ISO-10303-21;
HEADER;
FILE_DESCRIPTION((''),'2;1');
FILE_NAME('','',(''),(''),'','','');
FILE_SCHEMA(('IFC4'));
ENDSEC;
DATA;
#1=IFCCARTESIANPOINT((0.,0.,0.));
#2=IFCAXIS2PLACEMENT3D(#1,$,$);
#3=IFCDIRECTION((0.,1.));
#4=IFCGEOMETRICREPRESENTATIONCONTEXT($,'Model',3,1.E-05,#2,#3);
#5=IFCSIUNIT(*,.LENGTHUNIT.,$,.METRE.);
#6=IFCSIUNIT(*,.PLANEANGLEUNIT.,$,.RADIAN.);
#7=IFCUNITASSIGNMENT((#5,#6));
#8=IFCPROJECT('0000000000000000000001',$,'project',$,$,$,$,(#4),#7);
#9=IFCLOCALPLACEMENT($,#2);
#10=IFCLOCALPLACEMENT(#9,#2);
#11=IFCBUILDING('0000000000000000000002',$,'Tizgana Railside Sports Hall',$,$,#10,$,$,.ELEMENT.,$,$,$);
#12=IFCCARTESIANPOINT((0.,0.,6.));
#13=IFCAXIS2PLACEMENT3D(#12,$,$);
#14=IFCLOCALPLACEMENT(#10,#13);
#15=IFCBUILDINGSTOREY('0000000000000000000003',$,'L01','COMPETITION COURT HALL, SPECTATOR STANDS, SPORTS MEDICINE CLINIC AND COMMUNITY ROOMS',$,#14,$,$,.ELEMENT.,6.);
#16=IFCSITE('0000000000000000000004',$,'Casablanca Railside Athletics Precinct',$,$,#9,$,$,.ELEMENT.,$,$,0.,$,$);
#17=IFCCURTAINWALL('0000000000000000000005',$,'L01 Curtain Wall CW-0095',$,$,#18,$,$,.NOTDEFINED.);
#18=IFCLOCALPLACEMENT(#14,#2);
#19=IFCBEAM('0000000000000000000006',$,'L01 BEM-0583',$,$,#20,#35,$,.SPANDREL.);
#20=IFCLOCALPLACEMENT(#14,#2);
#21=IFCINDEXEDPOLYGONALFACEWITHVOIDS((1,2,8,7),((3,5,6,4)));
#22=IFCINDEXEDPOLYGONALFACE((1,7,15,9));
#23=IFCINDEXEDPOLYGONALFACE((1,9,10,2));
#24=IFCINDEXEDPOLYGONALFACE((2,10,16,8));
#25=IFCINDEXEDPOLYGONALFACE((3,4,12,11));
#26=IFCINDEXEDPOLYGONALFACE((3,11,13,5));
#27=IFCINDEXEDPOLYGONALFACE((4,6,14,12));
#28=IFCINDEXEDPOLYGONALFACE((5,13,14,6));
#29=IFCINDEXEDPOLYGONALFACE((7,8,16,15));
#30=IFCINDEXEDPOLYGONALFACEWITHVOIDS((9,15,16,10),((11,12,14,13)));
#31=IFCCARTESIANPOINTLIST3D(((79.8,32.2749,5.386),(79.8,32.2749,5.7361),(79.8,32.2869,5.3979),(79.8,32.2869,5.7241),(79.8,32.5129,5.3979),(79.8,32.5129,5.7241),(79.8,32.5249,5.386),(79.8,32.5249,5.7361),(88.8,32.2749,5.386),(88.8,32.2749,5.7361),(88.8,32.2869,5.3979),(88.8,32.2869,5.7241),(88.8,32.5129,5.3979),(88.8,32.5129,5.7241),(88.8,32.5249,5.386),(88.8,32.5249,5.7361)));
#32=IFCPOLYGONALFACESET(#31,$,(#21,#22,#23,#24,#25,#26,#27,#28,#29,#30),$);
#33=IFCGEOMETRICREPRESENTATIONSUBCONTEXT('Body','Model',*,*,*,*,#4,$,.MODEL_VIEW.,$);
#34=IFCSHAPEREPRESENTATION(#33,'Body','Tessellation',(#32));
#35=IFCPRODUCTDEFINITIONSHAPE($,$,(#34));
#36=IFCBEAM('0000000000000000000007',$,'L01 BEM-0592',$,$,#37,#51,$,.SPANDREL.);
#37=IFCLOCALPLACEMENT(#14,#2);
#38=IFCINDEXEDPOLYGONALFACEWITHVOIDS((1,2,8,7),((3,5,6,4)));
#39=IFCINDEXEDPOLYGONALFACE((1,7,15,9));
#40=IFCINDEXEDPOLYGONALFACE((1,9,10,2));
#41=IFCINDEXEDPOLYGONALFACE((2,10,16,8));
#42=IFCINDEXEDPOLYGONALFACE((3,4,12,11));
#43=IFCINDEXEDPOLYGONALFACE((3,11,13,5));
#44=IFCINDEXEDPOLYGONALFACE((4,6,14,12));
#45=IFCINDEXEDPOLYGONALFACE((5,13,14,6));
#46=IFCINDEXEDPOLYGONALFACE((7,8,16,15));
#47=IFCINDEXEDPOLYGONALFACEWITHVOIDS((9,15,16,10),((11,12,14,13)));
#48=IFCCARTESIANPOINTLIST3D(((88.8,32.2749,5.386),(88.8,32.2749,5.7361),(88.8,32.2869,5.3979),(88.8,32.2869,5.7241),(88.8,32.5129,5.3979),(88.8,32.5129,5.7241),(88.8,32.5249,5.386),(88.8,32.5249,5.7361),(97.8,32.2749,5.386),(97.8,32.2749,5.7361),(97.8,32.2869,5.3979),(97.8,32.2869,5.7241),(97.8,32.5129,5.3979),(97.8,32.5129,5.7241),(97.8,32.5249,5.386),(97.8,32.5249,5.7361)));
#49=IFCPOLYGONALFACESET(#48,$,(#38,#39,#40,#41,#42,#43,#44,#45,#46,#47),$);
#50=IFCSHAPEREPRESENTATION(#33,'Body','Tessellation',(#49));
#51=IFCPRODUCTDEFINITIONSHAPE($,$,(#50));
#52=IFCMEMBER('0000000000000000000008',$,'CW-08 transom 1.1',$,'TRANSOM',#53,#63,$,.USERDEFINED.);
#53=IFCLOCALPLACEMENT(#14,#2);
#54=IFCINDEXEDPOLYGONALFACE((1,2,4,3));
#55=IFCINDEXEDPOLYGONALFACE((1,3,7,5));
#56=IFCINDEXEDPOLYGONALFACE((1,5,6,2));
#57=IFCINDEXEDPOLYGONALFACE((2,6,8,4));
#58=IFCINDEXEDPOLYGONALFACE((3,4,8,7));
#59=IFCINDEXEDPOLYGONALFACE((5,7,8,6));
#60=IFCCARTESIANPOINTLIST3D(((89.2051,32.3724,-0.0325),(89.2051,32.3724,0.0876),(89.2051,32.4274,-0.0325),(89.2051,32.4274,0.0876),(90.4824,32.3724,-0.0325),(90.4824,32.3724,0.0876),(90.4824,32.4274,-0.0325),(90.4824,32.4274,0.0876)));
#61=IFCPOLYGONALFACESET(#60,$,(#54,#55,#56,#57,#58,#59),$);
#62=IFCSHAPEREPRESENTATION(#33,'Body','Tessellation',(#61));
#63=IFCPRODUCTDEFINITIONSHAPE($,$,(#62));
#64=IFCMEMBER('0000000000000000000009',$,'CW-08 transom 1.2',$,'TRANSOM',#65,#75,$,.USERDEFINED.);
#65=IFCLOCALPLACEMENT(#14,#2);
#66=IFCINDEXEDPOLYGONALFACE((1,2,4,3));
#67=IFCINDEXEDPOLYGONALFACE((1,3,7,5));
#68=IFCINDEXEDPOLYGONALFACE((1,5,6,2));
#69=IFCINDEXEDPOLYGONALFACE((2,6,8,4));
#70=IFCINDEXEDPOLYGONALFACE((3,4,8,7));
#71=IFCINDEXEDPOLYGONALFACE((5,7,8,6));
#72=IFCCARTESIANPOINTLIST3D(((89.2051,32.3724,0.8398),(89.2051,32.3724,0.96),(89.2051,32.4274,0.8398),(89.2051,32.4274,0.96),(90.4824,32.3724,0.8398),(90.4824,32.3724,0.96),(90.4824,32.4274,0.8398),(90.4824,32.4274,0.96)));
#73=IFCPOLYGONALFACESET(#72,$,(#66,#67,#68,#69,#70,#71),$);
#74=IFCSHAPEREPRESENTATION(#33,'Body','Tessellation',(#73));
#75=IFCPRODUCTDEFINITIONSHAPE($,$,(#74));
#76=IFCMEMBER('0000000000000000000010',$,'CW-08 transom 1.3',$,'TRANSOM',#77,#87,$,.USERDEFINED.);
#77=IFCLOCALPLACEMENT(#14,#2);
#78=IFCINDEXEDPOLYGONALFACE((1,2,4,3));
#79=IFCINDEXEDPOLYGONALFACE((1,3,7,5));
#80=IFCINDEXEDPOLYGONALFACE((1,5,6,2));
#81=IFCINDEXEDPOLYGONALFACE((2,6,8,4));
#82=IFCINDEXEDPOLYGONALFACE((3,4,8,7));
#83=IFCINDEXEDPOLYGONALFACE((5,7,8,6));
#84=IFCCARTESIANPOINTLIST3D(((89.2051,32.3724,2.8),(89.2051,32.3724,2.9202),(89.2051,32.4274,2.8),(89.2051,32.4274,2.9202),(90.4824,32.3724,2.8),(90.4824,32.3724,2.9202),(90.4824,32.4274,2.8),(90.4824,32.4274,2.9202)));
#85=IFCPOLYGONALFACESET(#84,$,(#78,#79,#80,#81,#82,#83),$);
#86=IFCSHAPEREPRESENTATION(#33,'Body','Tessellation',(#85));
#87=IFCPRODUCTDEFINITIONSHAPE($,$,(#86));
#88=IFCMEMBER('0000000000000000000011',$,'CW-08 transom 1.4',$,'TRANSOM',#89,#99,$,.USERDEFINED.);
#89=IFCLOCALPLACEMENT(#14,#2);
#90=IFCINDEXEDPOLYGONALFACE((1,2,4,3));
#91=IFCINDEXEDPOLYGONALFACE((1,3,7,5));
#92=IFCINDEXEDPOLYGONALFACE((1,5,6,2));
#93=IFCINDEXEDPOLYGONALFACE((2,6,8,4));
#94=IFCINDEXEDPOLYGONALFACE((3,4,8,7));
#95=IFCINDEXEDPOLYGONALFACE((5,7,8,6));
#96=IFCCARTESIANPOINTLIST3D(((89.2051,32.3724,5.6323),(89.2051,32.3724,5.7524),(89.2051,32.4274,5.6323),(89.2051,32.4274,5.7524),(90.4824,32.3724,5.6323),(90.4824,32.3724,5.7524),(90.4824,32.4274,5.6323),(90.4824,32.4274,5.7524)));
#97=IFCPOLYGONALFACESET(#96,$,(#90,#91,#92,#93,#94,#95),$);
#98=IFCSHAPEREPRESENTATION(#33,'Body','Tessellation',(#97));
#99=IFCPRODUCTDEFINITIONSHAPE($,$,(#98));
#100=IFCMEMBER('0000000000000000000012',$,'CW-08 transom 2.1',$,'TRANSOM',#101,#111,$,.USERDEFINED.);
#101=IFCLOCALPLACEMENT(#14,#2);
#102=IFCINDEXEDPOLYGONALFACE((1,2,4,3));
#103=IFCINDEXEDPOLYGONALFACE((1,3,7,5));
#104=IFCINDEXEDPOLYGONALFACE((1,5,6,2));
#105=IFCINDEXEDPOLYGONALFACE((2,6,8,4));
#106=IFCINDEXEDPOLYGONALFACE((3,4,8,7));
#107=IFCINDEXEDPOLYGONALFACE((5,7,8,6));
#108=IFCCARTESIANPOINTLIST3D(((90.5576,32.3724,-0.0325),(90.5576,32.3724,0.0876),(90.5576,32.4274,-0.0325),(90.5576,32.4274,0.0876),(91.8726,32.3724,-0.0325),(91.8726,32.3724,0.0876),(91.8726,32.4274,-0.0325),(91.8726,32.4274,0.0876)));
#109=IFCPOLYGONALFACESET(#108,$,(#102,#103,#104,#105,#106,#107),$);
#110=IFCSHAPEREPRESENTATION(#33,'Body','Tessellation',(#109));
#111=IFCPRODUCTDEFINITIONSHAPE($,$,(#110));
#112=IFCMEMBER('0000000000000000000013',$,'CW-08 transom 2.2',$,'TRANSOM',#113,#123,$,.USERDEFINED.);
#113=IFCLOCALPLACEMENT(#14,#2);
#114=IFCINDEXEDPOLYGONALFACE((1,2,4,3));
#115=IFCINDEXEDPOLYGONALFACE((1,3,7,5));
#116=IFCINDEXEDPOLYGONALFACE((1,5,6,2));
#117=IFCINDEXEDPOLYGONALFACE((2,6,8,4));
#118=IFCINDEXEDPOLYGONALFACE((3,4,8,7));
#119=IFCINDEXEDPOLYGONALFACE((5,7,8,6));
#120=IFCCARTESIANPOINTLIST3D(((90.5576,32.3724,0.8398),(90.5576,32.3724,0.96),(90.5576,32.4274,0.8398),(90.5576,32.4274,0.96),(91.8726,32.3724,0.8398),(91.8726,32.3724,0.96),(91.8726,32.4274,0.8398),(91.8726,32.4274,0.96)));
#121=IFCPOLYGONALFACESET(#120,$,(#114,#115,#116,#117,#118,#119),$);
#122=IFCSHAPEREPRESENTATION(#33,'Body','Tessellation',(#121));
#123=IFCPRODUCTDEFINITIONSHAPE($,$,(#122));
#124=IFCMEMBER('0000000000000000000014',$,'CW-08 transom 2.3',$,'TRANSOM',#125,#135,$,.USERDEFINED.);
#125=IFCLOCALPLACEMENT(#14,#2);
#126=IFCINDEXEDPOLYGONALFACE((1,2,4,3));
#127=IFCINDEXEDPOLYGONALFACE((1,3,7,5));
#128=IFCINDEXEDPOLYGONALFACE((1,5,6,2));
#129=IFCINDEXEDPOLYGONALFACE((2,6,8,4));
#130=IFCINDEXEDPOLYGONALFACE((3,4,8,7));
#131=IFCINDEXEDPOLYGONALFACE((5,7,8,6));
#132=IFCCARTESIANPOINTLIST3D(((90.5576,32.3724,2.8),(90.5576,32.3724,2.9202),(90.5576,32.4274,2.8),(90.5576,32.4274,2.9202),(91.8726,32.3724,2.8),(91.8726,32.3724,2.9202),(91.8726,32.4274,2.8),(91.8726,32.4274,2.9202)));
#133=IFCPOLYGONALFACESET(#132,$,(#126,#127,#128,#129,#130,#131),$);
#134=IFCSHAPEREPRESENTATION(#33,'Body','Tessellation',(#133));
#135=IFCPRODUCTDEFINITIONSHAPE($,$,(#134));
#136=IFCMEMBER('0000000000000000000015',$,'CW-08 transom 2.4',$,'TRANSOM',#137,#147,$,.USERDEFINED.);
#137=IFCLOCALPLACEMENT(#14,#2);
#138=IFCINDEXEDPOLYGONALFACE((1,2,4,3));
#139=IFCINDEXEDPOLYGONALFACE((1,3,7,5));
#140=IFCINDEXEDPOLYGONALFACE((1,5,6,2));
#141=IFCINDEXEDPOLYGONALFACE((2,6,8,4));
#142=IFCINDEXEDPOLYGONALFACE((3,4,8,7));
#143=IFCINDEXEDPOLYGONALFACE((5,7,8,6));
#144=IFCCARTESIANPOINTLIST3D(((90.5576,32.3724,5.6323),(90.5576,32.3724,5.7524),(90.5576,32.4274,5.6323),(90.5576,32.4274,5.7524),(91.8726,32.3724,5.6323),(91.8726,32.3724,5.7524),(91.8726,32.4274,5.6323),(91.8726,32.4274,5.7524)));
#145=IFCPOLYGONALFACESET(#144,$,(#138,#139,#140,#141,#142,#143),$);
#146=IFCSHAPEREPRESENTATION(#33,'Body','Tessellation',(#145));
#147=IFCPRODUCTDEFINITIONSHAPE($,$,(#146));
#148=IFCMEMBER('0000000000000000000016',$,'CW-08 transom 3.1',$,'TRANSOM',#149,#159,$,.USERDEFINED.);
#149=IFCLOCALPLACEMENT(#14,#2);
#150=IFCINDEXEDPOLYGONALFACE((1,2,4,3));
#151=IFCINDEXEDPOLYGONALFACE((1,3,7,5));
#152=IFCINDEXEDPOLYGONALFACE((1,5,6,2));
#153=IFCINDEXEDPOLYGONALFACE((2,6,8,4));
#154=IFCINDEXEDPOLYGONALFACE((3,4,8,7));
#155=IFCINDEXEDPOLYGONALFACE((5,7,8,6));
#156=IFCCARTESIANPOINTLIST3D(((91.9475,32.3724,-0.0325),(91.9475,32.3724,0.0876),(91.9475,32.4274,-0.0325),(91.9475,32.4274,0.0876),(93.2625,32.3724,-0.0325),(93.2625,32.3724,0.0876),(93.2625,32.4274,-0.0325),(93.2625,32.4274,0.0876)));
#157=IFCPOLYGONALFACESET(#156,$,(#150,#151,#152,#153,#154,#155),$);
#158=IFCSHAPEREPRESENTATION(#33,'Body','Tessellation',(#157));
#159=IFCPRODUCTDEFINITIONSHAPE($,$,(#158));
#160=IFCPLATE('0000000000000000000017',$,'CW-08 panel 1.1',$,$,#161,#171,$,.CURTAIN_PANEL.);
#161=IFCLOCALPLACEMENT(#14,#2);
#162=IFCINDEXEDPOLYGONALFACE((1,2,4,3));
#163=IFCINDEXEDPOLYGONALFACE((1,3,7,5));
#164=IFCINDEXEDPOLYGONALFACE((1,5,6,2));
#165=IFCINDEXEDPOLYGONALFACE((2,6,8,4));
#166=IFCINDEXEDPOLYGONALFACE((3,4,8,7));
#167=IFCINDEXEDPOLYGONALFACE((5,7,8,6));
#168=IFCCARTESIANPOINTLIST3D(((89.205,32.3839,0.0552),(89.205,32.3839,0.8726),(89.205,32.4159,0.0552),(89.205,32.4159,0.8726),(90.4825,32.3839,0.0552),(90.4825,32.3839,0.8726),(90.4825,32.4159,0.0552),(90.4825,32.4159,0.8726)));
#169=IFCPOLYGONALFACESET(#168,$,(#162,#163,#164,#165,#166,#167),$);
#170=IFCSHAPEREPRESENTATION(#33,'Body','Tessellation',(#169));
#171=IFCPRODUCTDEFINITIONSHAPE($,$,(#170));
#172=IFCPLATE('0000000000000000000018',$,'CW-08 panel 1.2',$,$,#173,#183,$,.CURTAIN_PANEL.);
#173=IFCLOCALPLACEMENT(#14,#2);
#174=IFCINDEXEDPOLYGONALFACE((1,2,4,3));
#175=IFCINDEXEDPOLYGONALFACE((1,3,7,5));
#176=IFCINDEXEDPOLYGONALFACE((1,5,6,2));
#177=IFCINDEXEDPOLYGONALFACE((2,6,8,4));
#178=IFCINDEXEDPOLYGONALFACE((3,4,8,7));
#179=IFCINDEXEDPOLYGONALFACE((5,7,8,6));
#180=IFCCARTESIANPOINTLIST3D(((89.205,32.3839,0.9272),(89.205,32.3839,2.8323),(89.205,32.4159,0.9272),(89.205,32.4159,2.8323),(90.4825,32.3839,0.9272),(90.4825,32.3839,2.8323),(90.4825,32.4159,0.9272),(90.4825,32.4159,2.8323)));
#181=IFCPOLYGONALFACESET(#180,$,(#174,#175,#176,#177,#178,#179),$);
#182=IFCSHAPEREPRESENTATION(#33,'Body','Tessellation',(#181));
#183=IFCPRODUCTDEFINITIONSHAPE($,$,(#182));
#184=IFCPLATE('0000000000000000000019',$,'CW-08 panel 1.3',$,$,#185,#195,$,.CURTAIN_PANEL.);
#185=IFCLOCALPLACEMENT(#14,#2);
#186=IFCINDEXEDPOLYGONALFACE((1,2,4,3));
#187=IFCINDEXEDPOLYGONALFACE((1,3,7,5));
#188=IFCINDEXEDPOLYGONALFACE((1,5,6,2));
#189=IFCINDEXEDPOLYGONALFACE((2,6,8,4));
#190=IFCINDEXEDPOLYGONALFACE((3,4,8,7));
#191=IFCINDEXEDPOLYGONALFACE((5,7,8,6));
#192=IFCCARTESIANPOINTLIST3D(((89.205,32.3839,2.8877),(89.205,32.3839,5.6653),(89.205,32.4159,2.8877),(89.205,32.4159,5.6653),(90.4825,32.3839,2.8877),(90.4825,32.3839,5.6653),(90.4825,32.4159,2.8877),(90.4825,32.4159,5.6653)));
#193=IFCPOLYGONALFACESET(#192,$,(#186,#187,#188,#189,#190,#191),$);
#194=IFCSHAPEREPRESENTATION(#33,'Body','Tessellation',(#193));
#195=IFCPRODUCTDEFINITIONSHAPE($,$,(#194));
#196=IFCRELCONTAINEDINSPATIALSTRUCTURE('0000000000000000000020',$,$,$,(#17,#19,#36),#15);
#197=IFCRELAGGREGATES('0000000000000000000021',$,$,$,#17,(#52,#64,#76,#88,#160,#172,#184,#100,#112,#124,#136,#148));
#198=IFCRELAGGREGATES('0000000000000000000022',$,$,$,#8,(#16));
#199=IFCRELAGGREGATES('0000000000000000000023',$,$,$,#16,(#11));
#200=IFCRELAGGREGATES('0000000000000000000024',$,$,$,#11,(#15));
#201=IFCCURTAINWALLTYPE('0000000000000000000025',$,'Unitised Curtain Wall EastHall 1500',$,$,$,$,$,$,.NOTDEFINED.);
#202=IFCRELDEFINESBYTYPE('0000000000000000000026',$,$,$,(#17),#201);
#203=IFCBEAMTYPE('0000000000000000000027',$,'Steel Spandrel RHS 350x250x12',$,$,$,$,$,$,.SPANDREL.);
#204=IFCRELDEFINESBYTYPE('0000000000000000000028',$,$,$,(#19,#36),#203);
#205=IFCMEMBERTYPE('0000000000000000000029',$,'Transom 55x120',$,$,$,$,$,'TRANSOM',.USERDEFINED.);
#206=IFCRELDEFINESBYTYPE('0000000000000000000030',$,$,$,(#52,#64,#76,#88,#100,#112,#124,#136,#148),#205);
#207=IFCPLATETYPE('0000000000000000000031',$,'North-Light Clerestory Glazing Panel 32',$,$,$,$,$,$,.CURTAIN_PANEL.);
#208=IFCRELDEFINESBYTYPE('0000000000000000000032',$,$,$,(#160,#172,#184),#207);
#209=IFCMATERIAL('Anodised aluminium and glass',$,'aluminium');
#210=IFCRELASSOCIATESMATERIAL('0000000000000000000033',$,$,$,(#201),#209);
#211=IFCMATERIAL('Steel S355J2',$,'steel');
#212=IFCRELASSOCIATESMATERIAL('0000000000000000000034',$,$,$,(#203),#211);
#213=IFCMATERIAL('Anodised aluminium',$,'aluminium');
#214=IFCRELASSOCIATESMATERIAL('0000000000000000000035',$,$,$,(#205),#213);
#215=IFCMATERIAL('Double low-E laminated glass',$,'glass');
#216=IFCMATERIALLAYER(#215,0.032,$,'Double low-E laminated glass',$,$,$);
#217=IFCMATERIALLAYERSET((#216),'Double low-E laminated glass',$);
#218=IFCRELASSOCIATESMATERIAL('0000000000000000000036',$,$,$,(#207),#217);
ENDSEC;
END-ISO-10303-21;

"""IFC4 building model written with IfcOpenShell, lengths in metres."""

from ifc_helpers import new_model, si_unit, direction, frame, origin, origin_2d, place, context, subcontext, project, spatial, rectangle, hollow_rectangle, extrude, material, layer, layer_set, material_profile, profile_set, type_object, element, aggregate, save


model = new_model("IFC4")

# Units and contexts
model_context = context("Model", 3, precision=1e-05, world=origin(), true_north=direction((0.0, 1.0)))
body_context = subcontext(model_context, "Body", "Model", "MODEL_VIEW")
ifc_project = project(units=[si_unit("LENGTHUNIT", "METRE"), si_unit("PLANEANGLEUNIT", "RADIAN")], contexts=[model_context])

# Site, building, storey
site_placement = place(None, origin())
site = spatial("IfcSite", under=ifc_project, at=site_placement, Name="Casablanca Railside Athletics Precinct", CompositionType="ELEMENT", RefElevation=0.0)
building_placement = place(site_placement, origin())
building = spatial("IfcBuilding", under=site, at=building_placement, Name="Tizgana Railside Sports Hall", CompositionType="ELEMENT")
storey_placement = place(building_placement, frame((0.0, 0.0, 6.0)))
storey = spatial("IfcBuildingStorey", under=building, at=storey_placement, Name="L01", Description="COMPETITION COURT HALL, SPECTATOR STANDS, SPORTS MEDICINE CLINIC AND COMMUNITY ROOMS", CompositionType="ELEMENT", Elevation=6.0)

# Curtain wall
ifc_material_1 = material(Name="Anodised aluminium and glass", Category="aluminium")
curtain_wall_type = type_object("IfcCurtainWallType", Name="Unitised Curtain Wall EastHall 1500", PredefinedType="NOTDEFINED", material=ifc_material_1)
curtain_wall_placement = place(storey_placement, origin())
curtain_wall = element("IfcCurtainWall", 1, at=curtain_wall_placement, inside=storey, type_object=curtain_wall_type, Name="L01 Curtain Wall CW-0095", PredefinedType="NOTDEFINED")
ifc_material_2 = material(Name="Anodised aluminium", Category="aluminium")

# Beams
ifc_material_3 = material(Name="Steel S355J2", Category="steel")
ifc_material_profile_1 = material_profile(ifc_material_3, hollow_rectangle(XDim=0.25, YDim=0.3501, WallThickness=0.012, at=origin_2d()), Name="RHS 350x250x12")
ifc_profile_set_1 = profile_set([ifc_material_profile_1], Name="Steel S355J2")
beam_type_1 = type_object("IfcBeamType", Name="Steel Spandrel RHS 350x250x12", PredefinedType="SPANDREL", material=ifc_profile_set_1)
for number, where, z_axis, x_axis, name in (
    (2, (79.8, 32.3999, 5.561), (1.0, 0.0, 0.0), (0.0, 1.0, 0.0), "L01 BEM-0583"),
    (3, (88.8, 32.3999, 5.561), (1.0, 0.0, 0.0), (0.0, 1.0, 0.0), "L01 BEM-0592"),
):
    element("IfcBeam", number, at=place(storey_placement, frame(where, z_axis=z_axis, x_axis=x_axis)), inside=storey, type_object=beam_type_1, Name=name, PredefinedType="SPANDREL", context=body_context, shape_type="SweptSolid", body=[
        extrude(hollow_rectangle(XDim=0.25, YDim=0.3501, WallThickness=0.012, at=origin_2d()), origin(), (0.0, 0.0, 1.0), 9.0),
    ])

# Members
ifc_material_profile_2 = material_profile(ifc_material_2, rectangle(XDim=0.0549, YDim=0.1201, at=origin_2d()), Name="Transom 55x120")
ifc_profile_set_2 = profile_set([ifc_material_profile_2], Name="Anodised aluminium")
member_type_1 = type_object("IfcMemberType", Name="Transom 55x120", ElementType="TRANSOM", PredefinedType="USERDEFINED", material=ifc_profile_set_2)
member_1_placement = place(storey_placement, frame((89.2051, 32.3999, 0.0276), z_axis=(1.0, 0.0, 0.0), x_axis=(0.0, 1.0, 0.0)))
member_1 = element("IfcMember", 4, at=member_1_placement, type_object=member_type_1, Name="CW-08 transom 1.1", ObjectType="TRANSOM", PredefinedType="USERDEFINED", context=body_context, shape_type="SweptSolid", body=[
    extrude(rectangle(XDim=0.0549, YDim=0.1201, at=origin_2d()), origin(), (0.0, 0.0, 1.0), 1.2773),
])
member_2_placement = place(storey_placement, frame((89.2051, 32.3999, 0.8999), z_axis=(1.0, 0.0, 0.0), x_axis=(0.0, 1.0, 0.0)))
member_2 = element("IfcMember", 5, at=member_2_placement, type_object=member_type_1, Name="CW-08 transom 1.2", ObjectType="TRANSOM", PredefinedType="USERDEFINED", context=body_context, shape_type="SweptSolid", body=[
    extrude(rectangle(XDim=0.0549, YDim=0.1201, at=origin_2d()), origin(), (0.0, 0.0, 1.0), 1.2773),
])
member_3_placement = place(storey_placement, frame((89.2051, 32.3999, 2.8601), z_axis=(1.0, 0.0, 0.0), x_axis=(0.0, 1.0, 0.0)))
member_3 = element("IfcMember", 6, at=member_3_placement, type_object=member_type_1, Name="CW-08 transom 1.3", ObjectType="TRANSOM", PredefinedType="USERDEFINED", context=body_context, shape_type="SweptSolid", body=[
    extrude(rectangle(XDim=0.0549, YDim=0.1201, at=origin_2d()), origin(), (0.0, 0.0, 1.0), 1.2773),
])
member_4_placement = place(storey_placement, frame((89.2051, 32.3999, 5.6924), z_axis=(1.0, 0.0, 0.0), x_axis=(0.0, 1.0, 0.0)))
member_4 = element("IfcMember", 7, at=member_4_placement, type_object=member_type_1, Name="CW-08 transom 1.4", ObjectType="TRANSOM", PredefinedType="USERDEFINED", context=body_context, shape_type="SweptSolid", body=[
    extrude(rectangle(XDim=0.0549, YDim=0.1201, at=origin_2d()), origin(), (0.0, 0.0, 1.0), 1.2773),
])
member_5_placement = place(storey_placement, frame((90.5576, 32.3999, 0.0276), z_axis=(1.0, 0.0, 0.0), x_axis=(0.0, 1.0, 0.0)))
member_5 = element("IfcMember", 8, at=member_5_placement, type_object=member_type_1, Name="CW-08 transom 2.1", ObjectType="TRANSOM", PredefinedType="USERDEFINED", context=body_context, shape_type="SweptSolid", body=[
    extrude(rectangle(XDim=0.0549, YDim=0.1201, at=origin_2d()), origin(), (0.0, 0.0, 1.0), 1.3149),
])
member_6_placement = place(storey_placement, frame((90.5576, 32.3999, 0.8999), z_axis=(1.0, 0.0, 0.0), x_axis=(0.0, 1.0, 0.0)))
member_6 = element("IfcMember", 9, at=member_6_placement, type_object=member_type_1, Name="CW-08 transom 2.2", ObjectType="TRANSOM", PredefinedType="USERDEFINED", context=body_context, shape_type="SweptSolid", body=[
    extrude(rectangle(XDim=0.0549, YDim=0.1201, at=origin_2d()), origin(), (0.0, 0.0, 1.0), 1.3149),
])
member_7_placement = place(storey_placement, frame((90.5576, 32.3999, 2.8601), z_axis=(1.0, 0.0, 0.0), x_axis=(0.0, 1.0, 0.0)))
member_7 = element("IfcMember", 10, at=member_7_placement, type_object=member_type_1, Name="CW-08 transom 2.3", ObjectType="TRANSOM", PredefinedType="USERDEFINED", context=body_context, shape_type="SweptSolid", body=[
    extrude(rectangle(XDim=0.0549, YDim=0.1201, at=origin_2d()), origin(), (0.0, 0.0, 1.0), 1.3149),
])
member_8_placement = place(storey_placement, frame((90.5576, 32.3999, 5.6924), z_axis=(1.0, 0.0, 0.0), x_axis=(0.0, 1.0, 0.0)))
member_8 = element("IfcMember", 11, at=member_8_placement, type_object=member_type_1, Name="CW-08 transom 2.4", ObjectType="TRANSOM", PredefinedType="USERDEFINED", context=body_context, shape_type="SweptSolid", body=[
    extrude(rectangle(XDim=0.0549, YDim=0.1201, at=origin_2d()), origin(), (0.0, 0.0, 1.0), 1.3149),
])
member_9_placement = place(storey_placement, frame((91.9475, 32.3999, 0.0276), z_axis=(1.0, 0.0, 0.0), x_axis=(0.0, 1.0, 0.0)))
member_9 = element("IfcMember", 12, at=member_9_placement, type_object=member_type_1, Name="CW-08 transom 3.1", ObjectType="TRANSOM", PredefinedType="USERDEFINED", context=body_context, shape_type="SweptSolid", body=[
    extrude(rectangle(XDim=0.0549, YDim=0.1201, at=origin_2d()), origin(), (0.0, 0.0, 1.0), 1.3149),
])

# Plates
ifc_material_4 = material(Name="Double low-E laminated glass", Category="glass")
ifc_layer_1 = layer(ifc_material_4, 0.032, Name="Double low-E laminated glass")
ifc_layer_set_1 = layer_set([ifc_layer_1], Name="Double low-E laminated glass")
plate_type = type_object("IfcPlateType", Name="North-Light Clerestory Glazing Panel 32", PredefinedType="CURTAIN_PANEL", material=ifc_layer_set_1)
plate_1_placement = place(storey_placement, frame((89.8438, 32.3999, 0.0552), z_axis=(0.0, 0.0, 1.0), x_axis=(1.0, 0.0, 0.0)))
plate_1 = element("IfcPlate", 13, at=plate_1_placement, type_object=plate_type, Name="CW-08 panel 1.1", PredefinedType="CURTAIN_PANEL", context=body_context, shape_type="SweptSolid", body=[
    extrude(rectangle(XDim=1.2776, YDim=0.032, at=origin_2d()), origin(), (0.0, 0.0, 1.0), 0.8174),
])
plate_2_placement = place(storey_placement, frame((89.8438, 32.3999, 0.9272), z_axis=(0.0, 0.0, 1.0), x_axis=(1.0, 0.0, 0.0)))
plate_2 = element("IfcPlate", 14, at=plate_2_placement, type_object=plate_type, Name="CW-08 panel 1.2", PredefinedType="CURTAIN_PANEL", context=body_context, shape_type="SweptSolid", body=[
    extrude(rectangle(XDim=1.2776, YDim=0.032, at=origin_2d()), origin(), (0.0, 0.0, 1.0), 1.905),
])
plate_3_placement = place(storey_placement, frame((89.8438, 32.3999, 2.8877), z_axis=(0.0, 0.0, 1.0), x_axis=(1.0, 0.0, 0.0)))
plate_3 = element("IfcPlate", 15, at=plate_3_placement, type_object=plate_type, Name="CW-08 panel 1.3", PredefinedType="CURTAIN_PANEL", context=body_context, shape_type="SweptSolid", body=[
    extrude(rectangle(XDim=1.2776, YDim=0.032, at=origin_2d()), origin(), (0.0, 0.0, 1.0), 2.7776),
])
aggregate(curtain_wall, [member_1, member_2, member_3, member_4, plate_1, plate_2, plate_3, member_5, member_6, member_7, member_8, member_9])

save(model, "model.ifc")
